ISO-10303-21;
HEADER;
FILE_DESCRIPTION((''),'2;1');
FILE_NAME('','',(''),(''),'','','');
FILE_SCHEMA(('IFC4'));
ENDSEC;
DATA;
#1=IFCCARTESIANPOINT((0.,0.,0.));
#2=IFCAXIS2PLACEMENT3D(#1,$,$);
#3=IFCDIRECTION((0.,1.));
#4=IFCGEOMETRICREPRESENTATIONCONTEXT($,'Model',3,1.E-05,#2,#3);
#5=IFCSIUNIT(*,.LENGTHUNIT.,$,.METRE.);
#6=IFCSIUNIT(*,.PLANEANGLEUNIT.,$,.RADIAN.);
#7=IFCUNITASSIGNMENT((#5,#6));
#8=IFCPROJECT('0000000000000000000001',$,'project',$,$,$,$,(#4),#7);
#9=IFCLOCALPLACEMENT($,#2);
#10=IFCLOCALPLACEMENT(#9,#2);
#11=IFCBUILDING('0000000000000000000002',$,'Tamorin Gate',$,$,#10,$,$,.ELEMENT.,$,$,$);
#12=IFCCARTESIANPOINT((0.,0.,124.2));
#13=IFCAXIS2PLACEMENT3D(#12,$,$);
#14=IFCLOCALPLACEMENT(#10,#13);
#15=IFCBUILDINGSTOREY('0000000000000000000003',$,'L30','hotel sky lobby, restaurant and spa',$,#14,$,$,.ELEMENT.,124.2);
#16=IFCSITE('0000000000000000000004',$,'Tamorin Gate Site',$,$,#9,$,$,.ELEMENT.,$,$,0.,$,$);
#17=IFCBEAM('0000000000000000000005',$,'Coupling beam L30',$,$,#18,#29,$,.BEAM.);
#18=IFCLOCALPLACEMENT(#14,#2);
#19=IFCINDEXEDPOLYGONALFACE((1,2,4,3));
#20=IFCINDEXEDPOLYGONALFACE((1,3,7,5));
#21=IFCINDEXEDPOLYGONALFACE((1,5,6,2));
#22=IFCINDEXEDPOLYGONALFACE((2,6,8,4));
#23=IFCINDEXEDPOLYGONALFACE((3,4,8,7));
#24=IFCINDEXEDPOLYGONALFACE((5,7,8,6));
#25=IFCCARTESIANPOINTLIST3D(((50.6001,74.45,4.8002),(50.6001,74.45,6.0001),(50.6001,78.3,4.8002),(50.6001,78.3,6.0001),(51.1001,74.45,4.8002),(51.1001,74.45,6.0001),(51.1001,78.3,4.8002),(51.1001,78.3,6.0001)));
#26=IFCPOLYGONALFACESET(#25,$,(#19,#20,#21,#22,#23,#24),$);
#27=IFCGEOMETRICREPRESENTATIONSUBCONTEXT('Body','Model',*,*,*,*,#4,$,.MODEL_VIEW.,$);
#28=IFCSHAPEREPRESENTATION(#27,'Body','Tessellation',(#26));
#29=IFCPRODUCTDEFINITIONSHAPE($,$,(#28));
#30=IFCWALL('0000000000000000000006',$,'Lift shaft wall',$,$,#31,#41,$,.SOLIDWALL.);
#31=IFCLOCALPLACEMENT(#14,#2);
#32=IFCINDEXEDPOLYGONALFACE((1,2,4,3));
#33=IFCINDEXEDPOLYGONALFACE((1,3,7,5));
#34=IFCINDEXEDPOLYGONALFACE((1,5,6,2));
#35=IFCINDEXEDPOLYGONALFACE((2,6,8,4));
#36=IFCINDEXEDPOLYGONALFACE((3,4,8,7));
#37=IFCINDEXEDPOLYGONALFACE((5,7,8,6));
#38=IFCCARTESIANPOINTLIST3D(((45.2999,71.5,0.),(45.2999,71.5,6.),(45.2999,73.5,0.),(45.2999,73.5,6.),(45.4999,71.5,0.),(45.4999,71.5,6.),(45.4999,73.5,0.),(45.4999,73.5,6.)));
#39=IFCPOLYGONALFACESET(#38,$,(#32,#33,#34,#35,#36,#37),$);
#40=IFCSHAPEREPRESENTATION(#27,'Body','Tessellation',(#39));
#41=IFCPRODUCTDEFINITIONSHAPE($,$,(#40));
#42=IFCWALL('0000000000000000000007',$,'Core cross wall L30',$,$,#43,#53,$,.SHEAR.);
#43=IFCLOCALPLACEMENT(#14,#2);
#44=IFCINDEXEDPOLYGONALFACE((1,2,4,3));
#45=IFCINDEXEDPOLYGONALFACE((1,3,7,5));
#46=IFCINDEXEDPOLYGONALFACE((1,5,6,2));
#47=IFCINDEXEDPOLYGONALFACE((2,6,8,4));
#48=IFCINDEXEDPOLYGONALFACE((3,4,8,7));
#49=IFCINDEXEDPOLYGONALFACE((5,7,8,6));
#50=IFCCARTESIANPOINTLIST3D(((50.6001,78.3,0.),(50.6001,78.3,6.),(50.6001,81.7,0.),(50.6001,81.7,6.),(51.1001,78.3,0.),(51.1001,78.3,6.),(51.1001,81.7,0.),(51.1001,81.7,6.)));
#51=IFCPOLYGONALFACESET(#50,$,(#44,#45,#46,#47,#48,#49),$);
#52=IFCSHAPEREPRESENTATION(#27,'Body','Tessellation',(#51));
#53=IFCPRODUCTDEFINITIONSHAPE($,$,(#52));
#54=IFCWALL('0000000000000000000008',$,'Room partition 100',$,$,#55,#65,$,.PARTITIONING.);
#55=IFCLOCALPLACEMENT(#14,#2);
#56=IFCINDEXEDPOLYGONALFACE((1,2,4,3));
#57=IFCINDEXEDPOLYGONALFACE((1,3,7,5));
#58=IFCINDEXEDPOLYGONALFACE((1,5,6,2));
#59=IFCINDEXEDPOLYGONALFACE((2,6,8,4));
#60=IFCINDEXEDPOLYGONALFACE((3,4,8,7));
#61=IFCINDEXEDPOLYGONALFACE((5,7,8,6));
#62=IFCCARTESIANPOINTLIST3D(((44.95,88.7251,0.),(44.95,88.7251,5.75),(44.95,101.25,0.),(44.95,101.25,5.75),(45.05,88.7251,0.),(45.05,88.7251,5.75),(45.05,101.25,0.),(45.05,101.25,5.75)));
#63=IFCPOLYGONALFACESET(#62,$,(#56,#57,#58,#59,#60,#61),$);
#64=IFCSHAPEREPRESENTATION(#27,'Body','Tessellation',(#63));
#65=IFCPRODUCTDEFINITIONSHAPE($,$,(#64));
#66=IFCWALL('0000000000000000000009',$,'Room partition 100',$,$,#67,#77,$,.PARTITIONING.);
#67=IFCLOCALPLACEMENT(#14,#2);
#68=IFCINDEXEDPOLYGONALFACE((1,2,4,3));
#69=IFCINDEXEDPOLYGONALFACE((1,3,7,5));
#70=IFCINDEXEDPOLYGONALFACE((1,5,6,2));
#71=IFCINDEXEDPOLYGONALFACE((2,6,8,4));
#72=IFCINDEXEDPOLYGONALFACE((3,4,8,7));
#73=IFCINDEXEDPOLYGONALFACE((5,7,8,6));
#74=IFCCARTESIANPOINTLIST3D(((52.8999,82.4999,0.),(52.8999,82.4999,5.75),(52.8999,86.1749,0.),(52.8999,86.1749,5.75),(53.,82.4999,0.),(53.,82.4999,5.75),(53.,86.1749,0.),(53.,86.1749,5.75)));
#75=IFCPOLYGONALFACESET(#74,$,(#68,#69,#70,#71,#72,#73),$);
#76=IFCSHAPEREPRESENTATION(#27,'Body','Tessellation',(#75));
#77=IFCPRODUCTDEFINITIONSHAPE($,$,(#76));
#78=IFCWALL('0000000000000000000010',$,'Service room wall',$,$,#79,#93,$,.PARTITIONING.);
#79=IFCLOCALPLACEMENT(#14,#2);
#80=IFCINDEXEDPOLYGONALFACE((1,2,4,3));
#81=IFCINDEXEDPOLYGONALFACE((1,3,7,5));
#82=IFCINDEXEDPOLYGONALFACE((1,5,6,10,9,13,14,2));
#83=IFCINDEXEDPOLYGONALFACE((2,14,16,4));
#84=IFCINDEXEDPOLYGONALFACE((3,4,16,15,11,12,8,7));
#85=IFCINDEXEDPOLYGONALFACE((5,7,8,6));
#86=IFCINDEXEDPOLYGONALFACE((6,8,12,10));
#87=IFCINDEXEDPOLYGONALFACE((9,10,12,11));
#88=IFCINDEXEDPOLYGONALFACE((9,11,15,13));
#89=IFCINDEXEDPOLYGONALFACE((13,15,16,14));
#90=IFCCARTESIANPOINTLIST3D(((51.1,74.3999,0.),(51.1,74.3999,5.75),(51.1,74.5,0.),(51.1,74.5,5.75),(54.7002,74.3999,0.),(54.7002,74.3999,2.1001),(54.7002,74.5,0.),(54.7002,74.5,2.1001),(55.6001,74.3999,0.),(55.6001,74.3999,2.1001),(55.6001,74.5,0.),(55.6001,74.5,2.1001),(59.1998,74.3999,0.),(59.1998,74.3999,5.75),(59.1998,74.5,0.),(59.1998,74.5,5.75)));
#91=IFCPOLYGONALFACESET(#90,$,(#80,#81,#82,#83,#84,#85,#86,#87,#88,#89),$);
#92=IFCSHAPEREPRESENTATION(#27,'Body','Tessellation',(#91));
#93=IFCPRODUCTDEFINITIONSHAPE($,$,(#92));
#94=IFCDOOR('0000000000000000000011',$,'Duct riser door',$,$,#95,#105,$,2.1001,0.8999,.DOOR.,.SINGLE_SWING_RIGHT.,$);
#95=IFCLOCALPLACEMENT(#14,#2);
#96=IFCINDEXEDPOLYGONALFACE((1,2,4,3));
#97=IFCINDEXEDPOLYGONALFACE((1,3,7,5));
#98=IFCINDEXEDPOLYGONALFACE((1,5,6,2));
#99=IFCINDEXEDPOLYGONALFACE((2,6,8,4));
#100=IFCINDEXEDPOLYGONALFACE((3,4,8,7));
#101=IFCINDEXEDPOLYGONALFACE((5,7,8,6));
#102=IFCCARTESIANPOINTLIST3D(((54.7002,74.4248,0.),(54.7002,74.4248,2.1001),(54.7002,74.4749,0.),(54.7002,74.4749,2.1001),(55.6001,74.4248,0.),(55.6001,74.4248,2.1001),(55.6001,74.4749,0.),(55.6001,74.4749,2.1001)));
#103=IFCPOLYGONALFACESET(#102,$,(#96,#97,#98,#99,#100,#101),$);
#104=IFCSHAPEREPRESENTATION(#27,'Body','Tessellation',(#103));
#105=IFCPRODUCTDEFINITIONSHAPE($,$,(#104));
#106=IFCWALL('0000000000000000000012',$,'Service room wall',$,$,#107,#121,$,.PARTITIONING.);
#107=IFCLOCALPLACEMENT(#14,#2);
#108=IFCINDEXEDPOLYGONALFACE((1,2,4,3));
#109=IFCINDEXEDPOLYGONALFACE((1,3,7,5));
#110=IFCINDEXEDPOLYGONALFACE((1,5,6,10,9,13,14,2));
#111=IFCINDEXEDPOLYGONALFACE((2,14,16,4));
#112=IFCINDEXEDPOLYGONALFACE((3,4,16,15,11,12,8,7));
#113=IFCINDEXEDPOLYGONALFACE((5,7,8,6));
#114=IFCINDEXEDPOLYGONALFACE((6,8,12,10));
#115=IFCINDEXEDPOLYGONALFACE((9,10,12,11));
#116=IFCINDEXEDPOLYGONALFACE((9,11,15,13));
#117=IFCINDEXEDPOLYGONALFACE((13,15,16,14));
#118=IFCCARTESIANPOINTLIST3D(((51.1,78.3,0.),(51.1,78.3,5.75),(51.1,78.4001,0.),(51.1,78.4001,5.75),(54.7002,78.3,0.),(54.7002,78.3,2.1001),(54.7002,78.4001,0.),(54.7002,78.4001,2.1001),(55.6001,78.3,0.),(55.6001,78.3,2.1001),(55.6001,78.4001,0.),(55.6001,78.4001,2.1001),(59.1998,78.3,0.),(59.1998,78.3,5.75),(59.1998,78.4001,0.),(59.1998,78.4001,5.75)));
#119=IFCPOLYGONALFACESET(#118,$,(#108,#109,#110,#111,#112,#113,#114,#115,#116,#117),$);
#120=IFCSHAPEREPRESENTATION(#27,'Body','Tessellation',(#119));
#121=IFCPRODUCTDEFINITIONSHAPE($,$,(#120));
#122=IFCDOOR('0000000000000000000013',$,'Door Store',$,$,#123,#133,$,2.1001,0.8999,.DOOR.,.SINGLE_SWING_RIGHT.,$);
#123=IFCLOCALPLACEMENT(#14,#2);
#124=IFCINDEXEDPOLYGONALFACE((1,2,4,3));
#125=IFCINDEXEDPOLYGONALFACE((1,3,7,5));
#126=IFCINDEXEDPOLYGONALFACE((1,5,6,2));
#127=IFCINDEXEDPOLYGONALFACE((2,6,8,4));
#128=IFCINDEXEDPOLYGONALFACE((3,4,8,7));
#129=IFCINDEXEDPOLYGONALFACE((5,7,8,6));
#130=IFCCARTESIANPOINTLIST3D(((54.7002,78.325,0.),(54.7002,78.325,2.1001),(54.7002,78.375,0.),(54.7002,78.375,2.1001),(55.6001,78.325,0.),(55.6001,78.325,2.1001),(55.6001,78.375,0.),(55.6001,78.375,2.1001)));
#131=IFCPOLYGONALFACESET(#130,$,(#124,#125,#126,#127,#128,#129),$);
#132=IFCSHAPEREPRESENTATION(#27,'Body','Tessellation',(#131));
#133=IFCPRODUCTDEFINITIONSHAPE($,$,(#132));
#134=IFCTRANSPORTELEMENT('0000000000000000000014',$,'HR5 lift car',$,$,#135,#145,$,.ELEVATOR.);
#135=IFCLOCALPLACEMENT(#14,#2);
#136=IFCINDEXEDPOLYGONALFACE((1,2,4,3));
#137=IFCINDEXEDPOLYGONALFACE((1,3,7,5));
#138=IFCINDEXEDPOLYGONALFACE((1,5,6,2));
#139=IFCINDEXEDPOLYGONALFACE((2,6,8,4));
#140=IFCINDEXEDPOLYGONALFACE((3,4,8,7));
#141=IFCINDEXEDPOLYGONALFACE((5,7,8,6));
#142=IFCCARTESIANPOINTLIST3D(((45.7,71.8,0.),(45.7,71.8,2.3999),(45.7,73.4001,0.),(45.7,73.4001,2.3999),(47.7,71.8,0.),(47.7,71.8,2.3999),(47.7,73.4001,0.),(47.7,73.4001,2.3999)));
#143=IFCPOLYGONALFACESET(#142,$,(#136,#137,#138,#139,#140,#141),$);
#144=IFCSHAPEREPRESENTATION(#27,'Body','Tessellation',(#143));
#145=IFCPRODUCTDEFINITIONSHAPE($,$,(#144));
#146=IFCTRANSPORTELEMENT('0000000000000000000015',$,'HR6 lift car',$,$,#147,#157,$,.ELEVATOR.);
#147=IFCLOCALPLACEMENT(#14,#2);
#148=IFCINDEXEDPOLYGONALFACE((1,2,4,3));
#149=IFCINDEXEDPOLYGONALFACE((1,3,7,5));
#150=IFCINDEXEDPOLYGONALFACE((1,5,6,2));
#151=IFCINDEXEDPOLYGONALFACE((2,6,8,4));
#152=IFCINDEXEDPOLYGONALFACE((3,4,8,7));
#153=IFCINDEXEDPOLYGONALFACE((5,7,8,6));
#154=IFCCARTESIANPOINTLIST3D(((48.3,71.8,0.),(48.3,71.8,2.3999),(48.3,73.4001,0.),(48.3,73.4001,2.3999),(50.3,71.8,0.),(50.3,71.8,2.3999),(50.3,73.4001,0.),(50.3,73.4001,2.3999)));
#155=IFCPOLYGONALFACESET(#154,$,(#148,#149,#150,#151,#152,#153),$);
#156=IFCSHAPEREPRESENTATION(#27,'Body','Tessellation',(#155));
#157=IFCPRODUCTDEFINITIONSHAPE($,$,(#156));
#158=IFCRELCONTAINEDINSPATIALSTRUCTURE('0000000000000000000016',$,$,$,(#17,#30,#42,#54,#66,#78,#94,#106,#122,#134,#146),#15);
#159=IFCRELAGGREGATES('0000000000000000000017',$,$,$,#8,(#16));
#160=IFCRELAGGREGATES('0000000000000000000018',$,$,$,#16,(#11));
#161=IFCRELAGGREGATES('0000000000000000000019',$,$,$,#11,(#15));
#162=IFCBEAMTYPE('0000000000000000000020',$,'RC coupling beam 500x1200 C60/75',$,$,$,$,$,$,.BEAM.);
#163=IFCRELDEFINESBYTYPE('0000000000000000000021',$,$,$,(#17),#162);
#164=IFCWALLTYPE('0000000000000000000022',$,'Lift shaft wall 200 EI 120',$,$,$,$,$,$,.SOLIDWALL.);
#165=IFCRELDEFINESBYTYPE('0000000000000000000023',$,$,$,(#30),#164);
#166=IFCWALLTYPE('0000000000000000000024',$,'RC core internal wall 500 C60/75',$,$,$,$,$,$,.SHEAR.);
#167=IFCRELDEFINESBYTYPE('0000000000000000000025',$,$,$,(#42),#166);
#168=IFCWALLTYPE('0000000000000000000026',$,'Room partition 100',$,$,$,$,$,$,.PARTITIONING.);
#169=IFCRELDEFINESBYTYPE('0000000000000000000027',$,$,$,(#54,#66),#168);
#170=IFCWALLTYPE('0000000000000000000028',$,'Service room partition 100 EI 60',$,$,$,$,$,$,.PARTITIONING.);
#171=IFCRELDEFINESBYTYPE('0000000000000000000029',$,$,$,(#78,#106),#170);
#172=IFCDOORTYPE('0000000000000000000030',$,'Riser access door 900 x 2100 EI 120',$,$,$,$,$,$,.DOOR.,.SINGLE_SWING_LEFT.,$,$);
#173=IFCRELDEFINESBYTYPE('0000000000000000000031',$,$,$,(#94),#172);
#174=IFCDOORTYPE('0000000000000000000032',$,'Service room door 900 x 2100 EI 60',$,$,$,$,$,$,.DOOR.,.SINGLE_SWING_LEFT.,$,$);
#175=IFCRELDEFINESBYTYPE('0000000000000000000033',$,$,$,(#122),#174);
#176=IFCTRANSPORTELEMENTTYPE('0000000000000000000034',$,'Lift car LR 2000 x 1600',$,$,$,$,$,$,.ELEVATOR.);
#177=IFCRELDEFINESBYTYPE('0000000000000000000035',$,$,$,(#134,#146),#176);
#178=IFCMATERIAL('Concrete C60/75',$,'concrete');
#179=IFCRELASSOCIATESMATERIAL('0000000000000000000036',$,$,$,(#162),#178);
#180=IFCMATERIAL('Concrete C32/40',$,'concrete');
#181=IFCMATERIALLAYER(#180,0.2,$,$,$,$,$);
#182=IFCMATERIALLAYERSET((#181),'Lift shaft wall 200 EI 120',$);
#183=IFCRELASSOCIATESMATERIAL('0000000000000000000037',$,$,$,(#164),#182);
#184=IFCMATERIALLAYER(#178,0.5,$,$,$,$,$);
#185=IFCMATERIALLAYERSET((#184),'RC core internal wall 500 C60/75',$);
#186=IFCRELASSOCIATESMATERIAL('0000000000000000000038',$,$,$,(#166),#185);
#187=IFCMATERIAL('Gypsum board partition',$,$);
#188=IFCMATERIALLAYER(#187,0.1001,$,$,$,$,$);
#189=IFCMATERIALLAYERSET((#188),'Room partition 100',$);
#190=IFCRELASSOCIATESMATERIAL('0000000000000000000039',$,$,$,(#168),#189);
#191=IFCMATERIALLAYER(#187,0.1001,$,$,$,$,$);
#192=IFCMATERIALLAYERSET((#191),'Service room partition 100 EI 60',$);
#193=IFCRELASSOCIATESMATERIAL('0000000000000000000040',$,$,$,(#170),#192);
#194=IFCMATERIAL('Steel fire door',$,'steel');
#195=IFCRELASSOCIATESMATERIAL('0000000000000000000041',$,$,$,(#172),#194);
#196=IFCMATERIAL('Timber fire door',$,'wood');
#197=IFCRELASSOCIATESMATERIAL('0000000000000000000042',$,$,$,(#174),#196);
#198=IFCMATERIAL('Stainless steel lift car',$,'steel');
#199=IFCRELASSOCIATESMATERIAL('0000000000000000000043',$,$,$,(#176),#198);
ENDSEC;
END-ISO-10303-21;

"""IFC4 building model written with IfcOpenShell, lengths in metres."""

from ifc_helpers import new_model, si_unit, direction, frame, frame_2d, origin, origin_2d, place, context, subcontext, project, spatial, rectangle, extrude, material, layer, layer_set, material_profile, profile_set, type_object, element, fill, save


model = new_model("IFC4")

# Units and contexts
model_context = context("Model", 3, precision=1e-05, world=origin(), true_north=direction((0.0, 1.0)))
body_context = subcontext(model_context, "Body", "Model", "MODEL_VIEW")
ifc_project = project(units=[si_unit("LENGTHUNIT", "METRE"), si_unit("PLANEANGLEUNIT", "RADIAN")], contexts=[model_context])

# Site, building, storey
site_placement = place(None, origin())
site = spatial("IfcSite", under=ifc_project, at=site_placement, Name="Tamorin Gate Site", CompositionType="ELEMENT", RefElevation=0.0)
building_placement = place(site_placement, origin())
building = spatial("IfcBuilding", under=site, at=building_placement, Name="Tamorin Gate", CompositionType="ELEMENT")
storey_placement = place(building_placement, frame((0.0, 0.0, 124.2)))
storey = spatial("IfcBuildingStorey", under=building, at=storey_placement, Name="L30", Description="hotel sky lobby, restaurant and spa", CompositionType="ELEMENT", Elevation=124.2)

# Beam
ifc_material_1 = material(Name="Concrete C60/75", Category="concrete")
ifc_material_profile = material_profile(ifc_material_1, rectangle(XDim=0.5, YDim=1.2, at=origin_2d()), Name="RC 500x1200")
ifc_profile_set = profile_set([ifc_material_profile], Name="Concrete C60/75")
beam_type = type_object("IfcBeamType", Name="RC coupling beam 500x1200 C60/75", PredefinedType="BEAM", material=ifc_profile_set)
beam_placement = place(storey_placement, frame((50.8501, 74.45, 5.4001), z_axis=(0.0, 1.0, 0.0), x_axis=(-1.0, 0.0, 0.0)))
element("IfcBeam", 1, at=beam_placement, inside=storey, type_object=beam_type, Name="Coupling beam L30", PredefinedType="BEAM", context=body_context, shape_type="SweptSolid", body=[
    extrude(rectangle(XDim=0.5, YDim=1.2, at=origin_2d()), origin(), (0.0, 0.0, 1.0), 3.8501),
])

# Walls
ifc_material_2 = material(Name="Concrete C32/40", Category="concrete")
ifc_layer_1 = layer(ifc_material_2, 0.2)
ifc_layer_set_1 = layer_set([ifc_layer_1], Name="Lift shaft wall 200 EI 120")
wall_type_1 = type_object("IfcWallType", Name="Lift shaft wall 200 EI 120", PredefinedType="SOLIDWALL", material=ifc_layer_set_1)
wall_1_placement = place(storey_placement, frame((45.3999, 71.5, 0.0), z_axis=(0.0, 0.0, 1.0), x_axis=(0.0, 1.0, 0.0)))
element("IfcWall", 2, at=wall_1_placement, inside=storey, type_object=wall_type_1, Name="Lift shaft wall", PredefinedType="SOLIDWALL", context=body_context, shape_type="SweptSolid", body=[
    extrude(rectangle(XDim=2.0, YDim=0.2, at=frame_2d((1.0, 0.0))), origin(), (0.0, 0.0, 1.0), 6.0),
])
ifc_layer_2 = layer(ifc_material_1, 0.5)
ifc_layer_set_2 = layer_set([ifc_layer_2], Name="RC core internal wall 500 C60/75")
wall_type_2 = type_object("IfcWallType", Name="RC core internal wall 500 C60/75", PredefinedType="SHEAR", material=ifc_layer_set_2)
wall_2_placement = place(storey_placement, frame((50.8501, 78.3, 0.0), z_axis=(0.0, 0.0, 1.0), x_axis=(0.0, 1.0, 0.0)))
element("IfcWall", 3, at=wall_2_placement, inside=storey, type_object=wall_type_2, Name="Core cross wall L30", PredefinedType="SHEAR", context=body_context, shape_type="SweptSolid", body=[
    extrude(rectangle(XDim=3.3999, YDim=0.5, at=frame_2d((1.7, 0.0))), origin(), (0.0, 0.0, 1.0), 6.0),
])
ifc_material_3 = material(Name="Gypsum board partition")
ifc_layer_3 = layer(ifc_material_3, 0.1001)
ifc_layer_set_3 = layer_set([ifc_layer_3], Name="Room partition 100")
wall_type_3 = type_object("IfcWallType", Name="Room partition 100", PredefinedType="PARTITIONING", material=ifc_layer_set_3)
wall_3_placement = place(storey_placement, frame((45.0, 88.7251, 0.0), z_axis=(0.0, 0.0, 1.0), x_axis=(0.0, 1.0, 0.0)))
element("IfcWall", 4, at=wall_3_placement, inside=storey, type_object=wall_type_3, Name="Room partition 100", PredefinedType="PARTITIONING", context=body_context, shape_type="SweptSolid", body=[
    extrude(rectangle(XDim=12.5249, YDim=0.1001, at=frame_2d((6.2625, 0.0))), origin(), (0.0, 0.0, 1.0), 5.75),
])
wall_4_placement = place(storey_placement, frame((52.95, 82.5, 0.0), z_axis=(0.0, 0.0, 1.0), x_axis=(0.0, 1.0, 0.0)))
element("IfcWall", 5, at=wall_4_placement, inside=storey, type_object=wall_type_3, Name="Room partition 100", PredefinedType="PARTITIONING", context=body_context, shape_type="SweptSolid", body=[
    extrude(rectangle(XDim=3.675, YDim=0.1001, at=frame_2d((1.8374, 0.0))), origin(), (0.0, 0.0, 1.0), 5.75),
])

# Walls, openings, doors
ifc_layer_4 = layer(ifc_material_3, 0.1001)
ifc_layer_set_4 = layer_set([ifc_layer_4], Name="Service room partition 100 EI 60")
wall_type_4 = type_object("IfcWallType", Name="Service room partition 100 EI 60", PredefinedType="PARTITIONING", material=ifc_layer_set_4)
wall_5_placement = place(storey_placement, frame((51.1001, 74.45, 0.0), z_axis=(0.0, 0.0, 1.0), x_axis=(1.0, 0.0, 0.0)))
wall_5 = element("IfcWall", 6, at=wall_5_placement, inside=storey, type_object=wall_type_4, Name="Service room wall", PredefinedType="PARTITIONING", context=body_context, shape_type="SweptSolid", body=[
    extrude(rectangle(XDim=8.0999, YDim=0.1001, at=frame_2d((4.0498, 0.0))), origin(), (0.0, 0.0, 1.0), 5.75),
])
opening_1_placement = place(wall_5_placement, frame((3.6001, 0.0, 0.0)))
opening_1 = element("IfcOpeningElement", 7, at=opening_1_placement, cuts=wall_5, PredefinedType="OPENING", context=body_context, shape_type="SweptSolid", body=[
    extrude(rectangle(XDim=0.8999, YDim=2.1001, at=frame_2d((0.45, 1.05))), frame((0.0, 0.0601, 0.0), z_axis=(0.0, -1.0, 0.0), x_axis=(1.0, 0.0, 0.0)), (0.0, 0.0, 1.0), 0.1201),
])
ifc_material_4 = material(Name="Steel fire door", Category="steel")
door_type_1 = type_object("IfcDoorType", Name="Riser access door 900 x 2100 EI 120", OperationType="SINGLE_SWING_LEFT", PredefinedType="DOOR", material=ifc_material_4)
door_1_placement = place(opening_1_placement, origin())
door_1 = element("IfcDoor", 8, at=door_1_placement, inside=storey, type_object=door_type_1, Name="Duct riser door", OperationType="SINGLE_SWING_RIGHT", OverallHeight=2.1001, OverallWidth=0.8999, PredefinedType="DOOR", context=body_context, shape_type="SweptSolid", body=[
    extrude(rectangle(XDim=0.8999, YDim=2.1001, at=frame_2d((0.45, 1.05))), frame((0.0, 0.0249, 0.0), z_axis=(0.0, -1.0, 0.0), x_axis=(1.0, 0.0, 0.0)), (0.0, 0.0, 1.0), 0.05),
])
fill(opening_1, door_1)
wall_6_placement = place(storey_placement, frame((51.1001, 78.3501, 0.0), z_axis=(0.0, 0.0, 1.0), x_axis=(1.0, 0.0, 0.0)))
wall_6 = element("IfcWall", 9, at=wall_6_placement, inside=storey, type_object=wall_type_4, Name="Service room wall", PredefinedType="PARTITIONING", context=body_context, shape_type="SweptSolid", body=[
    extrude(rectangle(XDim=8.0999, YDim=0.1001, at=frame_2d((4.0498, 0.0))), origin(), (0.0, 0.0, 1.0), 5.75),
])
opening_2_placement = place(wall_6_placement, frame((3.6001, 0.0, 0.0)))
opening_2 = element("IfcOpeningElement", 10, at=opening_2_placement, cuts=wall_6, PredefinedType="OPENING", context=body_context, shape_type="SweptSolid", body=[
    extrude(rectangle(XDim=0.8999, YDim=2.1001, at=frame_2d((0.45, 1.05))), frame((0.0, 0.0601, 0.0), z_axis=(0.0, -1.0, 0.0), x_axis=(1.0, 0.0, 0.0)), (0.0, 0.0, 1.0), 0.1201),
])
ifc_material_5 = material(Name="Timber fire door", Category="wood")
door_type_2 = type_object("IfcDoorType", Name="Service room door 900 x 2100 EI 60", OperationType="SINGLE_SWING_LEFT", PredefinedType="DOOR", material=ifc_material_5)
door_2_placement = place(opening_2_placement, origin())
door_2 = element("IfcDoor", 11, at=door_2_placement, inside=storey, type_object=door_type_2, Name="Door Store", OperationType="SINGLE_SWING_RIGHT", OverallHeight=2.1001, OverallWidth=0.8999, PredefinedType="DOOR", context=body_context, shape_type="SweptSolid", body=[
    extrude(rectangle(XDim=0.8999, YDim=2.1001, at=frame_2d((0.45, 1.05))), frame((0.0, 0.0249, 0.0), z_axis=(0.0, -1.0, 0.0), x_axis=(1.0, 0.0, 0.0)), (0.0, 0.0, 1.0), 0.05),
])
fill(opening_2, door_2)

# Transport elements
ifc_material_6 = material(Name="Stainless steel lift car", Category="steel")
transport_element_type = type_object("IfcTransportElementType", Name="Lift car LR 2000 x 1600", PredefinedType="ELEVATOR", material=ifc_material_6)
for number, where, z_axis, x_axis, name in (
    (12, (46.7, 72.6001, 0.0), (0.0, 0.0, 1.0), (1.0, 0.0, 0.0), "HR5 lift car"),
    (13, (49.3, 72.6001, 0.0), (0.0, 0.0, 1.0), (1.0, 0.0, 0.0), "HR6 lift car"),
):
    element("IfcTransportElement", number, at=place(storey_placement, frame(where, z_axis=z_axis, x_axis=x_axis)), inside=storey, type_object=transport_element_type, Name=name, PredefinedType="ELEVATOR", context=body_context, shape_type="SweptSolid", body=[
        extrude(rectangle(XDim=2.0, YDim=1.6001, at=origin_2d()), origin(), (0.0, 0.0, 1.0), 2.3999),
    ])

save(model, "model.ifc")
